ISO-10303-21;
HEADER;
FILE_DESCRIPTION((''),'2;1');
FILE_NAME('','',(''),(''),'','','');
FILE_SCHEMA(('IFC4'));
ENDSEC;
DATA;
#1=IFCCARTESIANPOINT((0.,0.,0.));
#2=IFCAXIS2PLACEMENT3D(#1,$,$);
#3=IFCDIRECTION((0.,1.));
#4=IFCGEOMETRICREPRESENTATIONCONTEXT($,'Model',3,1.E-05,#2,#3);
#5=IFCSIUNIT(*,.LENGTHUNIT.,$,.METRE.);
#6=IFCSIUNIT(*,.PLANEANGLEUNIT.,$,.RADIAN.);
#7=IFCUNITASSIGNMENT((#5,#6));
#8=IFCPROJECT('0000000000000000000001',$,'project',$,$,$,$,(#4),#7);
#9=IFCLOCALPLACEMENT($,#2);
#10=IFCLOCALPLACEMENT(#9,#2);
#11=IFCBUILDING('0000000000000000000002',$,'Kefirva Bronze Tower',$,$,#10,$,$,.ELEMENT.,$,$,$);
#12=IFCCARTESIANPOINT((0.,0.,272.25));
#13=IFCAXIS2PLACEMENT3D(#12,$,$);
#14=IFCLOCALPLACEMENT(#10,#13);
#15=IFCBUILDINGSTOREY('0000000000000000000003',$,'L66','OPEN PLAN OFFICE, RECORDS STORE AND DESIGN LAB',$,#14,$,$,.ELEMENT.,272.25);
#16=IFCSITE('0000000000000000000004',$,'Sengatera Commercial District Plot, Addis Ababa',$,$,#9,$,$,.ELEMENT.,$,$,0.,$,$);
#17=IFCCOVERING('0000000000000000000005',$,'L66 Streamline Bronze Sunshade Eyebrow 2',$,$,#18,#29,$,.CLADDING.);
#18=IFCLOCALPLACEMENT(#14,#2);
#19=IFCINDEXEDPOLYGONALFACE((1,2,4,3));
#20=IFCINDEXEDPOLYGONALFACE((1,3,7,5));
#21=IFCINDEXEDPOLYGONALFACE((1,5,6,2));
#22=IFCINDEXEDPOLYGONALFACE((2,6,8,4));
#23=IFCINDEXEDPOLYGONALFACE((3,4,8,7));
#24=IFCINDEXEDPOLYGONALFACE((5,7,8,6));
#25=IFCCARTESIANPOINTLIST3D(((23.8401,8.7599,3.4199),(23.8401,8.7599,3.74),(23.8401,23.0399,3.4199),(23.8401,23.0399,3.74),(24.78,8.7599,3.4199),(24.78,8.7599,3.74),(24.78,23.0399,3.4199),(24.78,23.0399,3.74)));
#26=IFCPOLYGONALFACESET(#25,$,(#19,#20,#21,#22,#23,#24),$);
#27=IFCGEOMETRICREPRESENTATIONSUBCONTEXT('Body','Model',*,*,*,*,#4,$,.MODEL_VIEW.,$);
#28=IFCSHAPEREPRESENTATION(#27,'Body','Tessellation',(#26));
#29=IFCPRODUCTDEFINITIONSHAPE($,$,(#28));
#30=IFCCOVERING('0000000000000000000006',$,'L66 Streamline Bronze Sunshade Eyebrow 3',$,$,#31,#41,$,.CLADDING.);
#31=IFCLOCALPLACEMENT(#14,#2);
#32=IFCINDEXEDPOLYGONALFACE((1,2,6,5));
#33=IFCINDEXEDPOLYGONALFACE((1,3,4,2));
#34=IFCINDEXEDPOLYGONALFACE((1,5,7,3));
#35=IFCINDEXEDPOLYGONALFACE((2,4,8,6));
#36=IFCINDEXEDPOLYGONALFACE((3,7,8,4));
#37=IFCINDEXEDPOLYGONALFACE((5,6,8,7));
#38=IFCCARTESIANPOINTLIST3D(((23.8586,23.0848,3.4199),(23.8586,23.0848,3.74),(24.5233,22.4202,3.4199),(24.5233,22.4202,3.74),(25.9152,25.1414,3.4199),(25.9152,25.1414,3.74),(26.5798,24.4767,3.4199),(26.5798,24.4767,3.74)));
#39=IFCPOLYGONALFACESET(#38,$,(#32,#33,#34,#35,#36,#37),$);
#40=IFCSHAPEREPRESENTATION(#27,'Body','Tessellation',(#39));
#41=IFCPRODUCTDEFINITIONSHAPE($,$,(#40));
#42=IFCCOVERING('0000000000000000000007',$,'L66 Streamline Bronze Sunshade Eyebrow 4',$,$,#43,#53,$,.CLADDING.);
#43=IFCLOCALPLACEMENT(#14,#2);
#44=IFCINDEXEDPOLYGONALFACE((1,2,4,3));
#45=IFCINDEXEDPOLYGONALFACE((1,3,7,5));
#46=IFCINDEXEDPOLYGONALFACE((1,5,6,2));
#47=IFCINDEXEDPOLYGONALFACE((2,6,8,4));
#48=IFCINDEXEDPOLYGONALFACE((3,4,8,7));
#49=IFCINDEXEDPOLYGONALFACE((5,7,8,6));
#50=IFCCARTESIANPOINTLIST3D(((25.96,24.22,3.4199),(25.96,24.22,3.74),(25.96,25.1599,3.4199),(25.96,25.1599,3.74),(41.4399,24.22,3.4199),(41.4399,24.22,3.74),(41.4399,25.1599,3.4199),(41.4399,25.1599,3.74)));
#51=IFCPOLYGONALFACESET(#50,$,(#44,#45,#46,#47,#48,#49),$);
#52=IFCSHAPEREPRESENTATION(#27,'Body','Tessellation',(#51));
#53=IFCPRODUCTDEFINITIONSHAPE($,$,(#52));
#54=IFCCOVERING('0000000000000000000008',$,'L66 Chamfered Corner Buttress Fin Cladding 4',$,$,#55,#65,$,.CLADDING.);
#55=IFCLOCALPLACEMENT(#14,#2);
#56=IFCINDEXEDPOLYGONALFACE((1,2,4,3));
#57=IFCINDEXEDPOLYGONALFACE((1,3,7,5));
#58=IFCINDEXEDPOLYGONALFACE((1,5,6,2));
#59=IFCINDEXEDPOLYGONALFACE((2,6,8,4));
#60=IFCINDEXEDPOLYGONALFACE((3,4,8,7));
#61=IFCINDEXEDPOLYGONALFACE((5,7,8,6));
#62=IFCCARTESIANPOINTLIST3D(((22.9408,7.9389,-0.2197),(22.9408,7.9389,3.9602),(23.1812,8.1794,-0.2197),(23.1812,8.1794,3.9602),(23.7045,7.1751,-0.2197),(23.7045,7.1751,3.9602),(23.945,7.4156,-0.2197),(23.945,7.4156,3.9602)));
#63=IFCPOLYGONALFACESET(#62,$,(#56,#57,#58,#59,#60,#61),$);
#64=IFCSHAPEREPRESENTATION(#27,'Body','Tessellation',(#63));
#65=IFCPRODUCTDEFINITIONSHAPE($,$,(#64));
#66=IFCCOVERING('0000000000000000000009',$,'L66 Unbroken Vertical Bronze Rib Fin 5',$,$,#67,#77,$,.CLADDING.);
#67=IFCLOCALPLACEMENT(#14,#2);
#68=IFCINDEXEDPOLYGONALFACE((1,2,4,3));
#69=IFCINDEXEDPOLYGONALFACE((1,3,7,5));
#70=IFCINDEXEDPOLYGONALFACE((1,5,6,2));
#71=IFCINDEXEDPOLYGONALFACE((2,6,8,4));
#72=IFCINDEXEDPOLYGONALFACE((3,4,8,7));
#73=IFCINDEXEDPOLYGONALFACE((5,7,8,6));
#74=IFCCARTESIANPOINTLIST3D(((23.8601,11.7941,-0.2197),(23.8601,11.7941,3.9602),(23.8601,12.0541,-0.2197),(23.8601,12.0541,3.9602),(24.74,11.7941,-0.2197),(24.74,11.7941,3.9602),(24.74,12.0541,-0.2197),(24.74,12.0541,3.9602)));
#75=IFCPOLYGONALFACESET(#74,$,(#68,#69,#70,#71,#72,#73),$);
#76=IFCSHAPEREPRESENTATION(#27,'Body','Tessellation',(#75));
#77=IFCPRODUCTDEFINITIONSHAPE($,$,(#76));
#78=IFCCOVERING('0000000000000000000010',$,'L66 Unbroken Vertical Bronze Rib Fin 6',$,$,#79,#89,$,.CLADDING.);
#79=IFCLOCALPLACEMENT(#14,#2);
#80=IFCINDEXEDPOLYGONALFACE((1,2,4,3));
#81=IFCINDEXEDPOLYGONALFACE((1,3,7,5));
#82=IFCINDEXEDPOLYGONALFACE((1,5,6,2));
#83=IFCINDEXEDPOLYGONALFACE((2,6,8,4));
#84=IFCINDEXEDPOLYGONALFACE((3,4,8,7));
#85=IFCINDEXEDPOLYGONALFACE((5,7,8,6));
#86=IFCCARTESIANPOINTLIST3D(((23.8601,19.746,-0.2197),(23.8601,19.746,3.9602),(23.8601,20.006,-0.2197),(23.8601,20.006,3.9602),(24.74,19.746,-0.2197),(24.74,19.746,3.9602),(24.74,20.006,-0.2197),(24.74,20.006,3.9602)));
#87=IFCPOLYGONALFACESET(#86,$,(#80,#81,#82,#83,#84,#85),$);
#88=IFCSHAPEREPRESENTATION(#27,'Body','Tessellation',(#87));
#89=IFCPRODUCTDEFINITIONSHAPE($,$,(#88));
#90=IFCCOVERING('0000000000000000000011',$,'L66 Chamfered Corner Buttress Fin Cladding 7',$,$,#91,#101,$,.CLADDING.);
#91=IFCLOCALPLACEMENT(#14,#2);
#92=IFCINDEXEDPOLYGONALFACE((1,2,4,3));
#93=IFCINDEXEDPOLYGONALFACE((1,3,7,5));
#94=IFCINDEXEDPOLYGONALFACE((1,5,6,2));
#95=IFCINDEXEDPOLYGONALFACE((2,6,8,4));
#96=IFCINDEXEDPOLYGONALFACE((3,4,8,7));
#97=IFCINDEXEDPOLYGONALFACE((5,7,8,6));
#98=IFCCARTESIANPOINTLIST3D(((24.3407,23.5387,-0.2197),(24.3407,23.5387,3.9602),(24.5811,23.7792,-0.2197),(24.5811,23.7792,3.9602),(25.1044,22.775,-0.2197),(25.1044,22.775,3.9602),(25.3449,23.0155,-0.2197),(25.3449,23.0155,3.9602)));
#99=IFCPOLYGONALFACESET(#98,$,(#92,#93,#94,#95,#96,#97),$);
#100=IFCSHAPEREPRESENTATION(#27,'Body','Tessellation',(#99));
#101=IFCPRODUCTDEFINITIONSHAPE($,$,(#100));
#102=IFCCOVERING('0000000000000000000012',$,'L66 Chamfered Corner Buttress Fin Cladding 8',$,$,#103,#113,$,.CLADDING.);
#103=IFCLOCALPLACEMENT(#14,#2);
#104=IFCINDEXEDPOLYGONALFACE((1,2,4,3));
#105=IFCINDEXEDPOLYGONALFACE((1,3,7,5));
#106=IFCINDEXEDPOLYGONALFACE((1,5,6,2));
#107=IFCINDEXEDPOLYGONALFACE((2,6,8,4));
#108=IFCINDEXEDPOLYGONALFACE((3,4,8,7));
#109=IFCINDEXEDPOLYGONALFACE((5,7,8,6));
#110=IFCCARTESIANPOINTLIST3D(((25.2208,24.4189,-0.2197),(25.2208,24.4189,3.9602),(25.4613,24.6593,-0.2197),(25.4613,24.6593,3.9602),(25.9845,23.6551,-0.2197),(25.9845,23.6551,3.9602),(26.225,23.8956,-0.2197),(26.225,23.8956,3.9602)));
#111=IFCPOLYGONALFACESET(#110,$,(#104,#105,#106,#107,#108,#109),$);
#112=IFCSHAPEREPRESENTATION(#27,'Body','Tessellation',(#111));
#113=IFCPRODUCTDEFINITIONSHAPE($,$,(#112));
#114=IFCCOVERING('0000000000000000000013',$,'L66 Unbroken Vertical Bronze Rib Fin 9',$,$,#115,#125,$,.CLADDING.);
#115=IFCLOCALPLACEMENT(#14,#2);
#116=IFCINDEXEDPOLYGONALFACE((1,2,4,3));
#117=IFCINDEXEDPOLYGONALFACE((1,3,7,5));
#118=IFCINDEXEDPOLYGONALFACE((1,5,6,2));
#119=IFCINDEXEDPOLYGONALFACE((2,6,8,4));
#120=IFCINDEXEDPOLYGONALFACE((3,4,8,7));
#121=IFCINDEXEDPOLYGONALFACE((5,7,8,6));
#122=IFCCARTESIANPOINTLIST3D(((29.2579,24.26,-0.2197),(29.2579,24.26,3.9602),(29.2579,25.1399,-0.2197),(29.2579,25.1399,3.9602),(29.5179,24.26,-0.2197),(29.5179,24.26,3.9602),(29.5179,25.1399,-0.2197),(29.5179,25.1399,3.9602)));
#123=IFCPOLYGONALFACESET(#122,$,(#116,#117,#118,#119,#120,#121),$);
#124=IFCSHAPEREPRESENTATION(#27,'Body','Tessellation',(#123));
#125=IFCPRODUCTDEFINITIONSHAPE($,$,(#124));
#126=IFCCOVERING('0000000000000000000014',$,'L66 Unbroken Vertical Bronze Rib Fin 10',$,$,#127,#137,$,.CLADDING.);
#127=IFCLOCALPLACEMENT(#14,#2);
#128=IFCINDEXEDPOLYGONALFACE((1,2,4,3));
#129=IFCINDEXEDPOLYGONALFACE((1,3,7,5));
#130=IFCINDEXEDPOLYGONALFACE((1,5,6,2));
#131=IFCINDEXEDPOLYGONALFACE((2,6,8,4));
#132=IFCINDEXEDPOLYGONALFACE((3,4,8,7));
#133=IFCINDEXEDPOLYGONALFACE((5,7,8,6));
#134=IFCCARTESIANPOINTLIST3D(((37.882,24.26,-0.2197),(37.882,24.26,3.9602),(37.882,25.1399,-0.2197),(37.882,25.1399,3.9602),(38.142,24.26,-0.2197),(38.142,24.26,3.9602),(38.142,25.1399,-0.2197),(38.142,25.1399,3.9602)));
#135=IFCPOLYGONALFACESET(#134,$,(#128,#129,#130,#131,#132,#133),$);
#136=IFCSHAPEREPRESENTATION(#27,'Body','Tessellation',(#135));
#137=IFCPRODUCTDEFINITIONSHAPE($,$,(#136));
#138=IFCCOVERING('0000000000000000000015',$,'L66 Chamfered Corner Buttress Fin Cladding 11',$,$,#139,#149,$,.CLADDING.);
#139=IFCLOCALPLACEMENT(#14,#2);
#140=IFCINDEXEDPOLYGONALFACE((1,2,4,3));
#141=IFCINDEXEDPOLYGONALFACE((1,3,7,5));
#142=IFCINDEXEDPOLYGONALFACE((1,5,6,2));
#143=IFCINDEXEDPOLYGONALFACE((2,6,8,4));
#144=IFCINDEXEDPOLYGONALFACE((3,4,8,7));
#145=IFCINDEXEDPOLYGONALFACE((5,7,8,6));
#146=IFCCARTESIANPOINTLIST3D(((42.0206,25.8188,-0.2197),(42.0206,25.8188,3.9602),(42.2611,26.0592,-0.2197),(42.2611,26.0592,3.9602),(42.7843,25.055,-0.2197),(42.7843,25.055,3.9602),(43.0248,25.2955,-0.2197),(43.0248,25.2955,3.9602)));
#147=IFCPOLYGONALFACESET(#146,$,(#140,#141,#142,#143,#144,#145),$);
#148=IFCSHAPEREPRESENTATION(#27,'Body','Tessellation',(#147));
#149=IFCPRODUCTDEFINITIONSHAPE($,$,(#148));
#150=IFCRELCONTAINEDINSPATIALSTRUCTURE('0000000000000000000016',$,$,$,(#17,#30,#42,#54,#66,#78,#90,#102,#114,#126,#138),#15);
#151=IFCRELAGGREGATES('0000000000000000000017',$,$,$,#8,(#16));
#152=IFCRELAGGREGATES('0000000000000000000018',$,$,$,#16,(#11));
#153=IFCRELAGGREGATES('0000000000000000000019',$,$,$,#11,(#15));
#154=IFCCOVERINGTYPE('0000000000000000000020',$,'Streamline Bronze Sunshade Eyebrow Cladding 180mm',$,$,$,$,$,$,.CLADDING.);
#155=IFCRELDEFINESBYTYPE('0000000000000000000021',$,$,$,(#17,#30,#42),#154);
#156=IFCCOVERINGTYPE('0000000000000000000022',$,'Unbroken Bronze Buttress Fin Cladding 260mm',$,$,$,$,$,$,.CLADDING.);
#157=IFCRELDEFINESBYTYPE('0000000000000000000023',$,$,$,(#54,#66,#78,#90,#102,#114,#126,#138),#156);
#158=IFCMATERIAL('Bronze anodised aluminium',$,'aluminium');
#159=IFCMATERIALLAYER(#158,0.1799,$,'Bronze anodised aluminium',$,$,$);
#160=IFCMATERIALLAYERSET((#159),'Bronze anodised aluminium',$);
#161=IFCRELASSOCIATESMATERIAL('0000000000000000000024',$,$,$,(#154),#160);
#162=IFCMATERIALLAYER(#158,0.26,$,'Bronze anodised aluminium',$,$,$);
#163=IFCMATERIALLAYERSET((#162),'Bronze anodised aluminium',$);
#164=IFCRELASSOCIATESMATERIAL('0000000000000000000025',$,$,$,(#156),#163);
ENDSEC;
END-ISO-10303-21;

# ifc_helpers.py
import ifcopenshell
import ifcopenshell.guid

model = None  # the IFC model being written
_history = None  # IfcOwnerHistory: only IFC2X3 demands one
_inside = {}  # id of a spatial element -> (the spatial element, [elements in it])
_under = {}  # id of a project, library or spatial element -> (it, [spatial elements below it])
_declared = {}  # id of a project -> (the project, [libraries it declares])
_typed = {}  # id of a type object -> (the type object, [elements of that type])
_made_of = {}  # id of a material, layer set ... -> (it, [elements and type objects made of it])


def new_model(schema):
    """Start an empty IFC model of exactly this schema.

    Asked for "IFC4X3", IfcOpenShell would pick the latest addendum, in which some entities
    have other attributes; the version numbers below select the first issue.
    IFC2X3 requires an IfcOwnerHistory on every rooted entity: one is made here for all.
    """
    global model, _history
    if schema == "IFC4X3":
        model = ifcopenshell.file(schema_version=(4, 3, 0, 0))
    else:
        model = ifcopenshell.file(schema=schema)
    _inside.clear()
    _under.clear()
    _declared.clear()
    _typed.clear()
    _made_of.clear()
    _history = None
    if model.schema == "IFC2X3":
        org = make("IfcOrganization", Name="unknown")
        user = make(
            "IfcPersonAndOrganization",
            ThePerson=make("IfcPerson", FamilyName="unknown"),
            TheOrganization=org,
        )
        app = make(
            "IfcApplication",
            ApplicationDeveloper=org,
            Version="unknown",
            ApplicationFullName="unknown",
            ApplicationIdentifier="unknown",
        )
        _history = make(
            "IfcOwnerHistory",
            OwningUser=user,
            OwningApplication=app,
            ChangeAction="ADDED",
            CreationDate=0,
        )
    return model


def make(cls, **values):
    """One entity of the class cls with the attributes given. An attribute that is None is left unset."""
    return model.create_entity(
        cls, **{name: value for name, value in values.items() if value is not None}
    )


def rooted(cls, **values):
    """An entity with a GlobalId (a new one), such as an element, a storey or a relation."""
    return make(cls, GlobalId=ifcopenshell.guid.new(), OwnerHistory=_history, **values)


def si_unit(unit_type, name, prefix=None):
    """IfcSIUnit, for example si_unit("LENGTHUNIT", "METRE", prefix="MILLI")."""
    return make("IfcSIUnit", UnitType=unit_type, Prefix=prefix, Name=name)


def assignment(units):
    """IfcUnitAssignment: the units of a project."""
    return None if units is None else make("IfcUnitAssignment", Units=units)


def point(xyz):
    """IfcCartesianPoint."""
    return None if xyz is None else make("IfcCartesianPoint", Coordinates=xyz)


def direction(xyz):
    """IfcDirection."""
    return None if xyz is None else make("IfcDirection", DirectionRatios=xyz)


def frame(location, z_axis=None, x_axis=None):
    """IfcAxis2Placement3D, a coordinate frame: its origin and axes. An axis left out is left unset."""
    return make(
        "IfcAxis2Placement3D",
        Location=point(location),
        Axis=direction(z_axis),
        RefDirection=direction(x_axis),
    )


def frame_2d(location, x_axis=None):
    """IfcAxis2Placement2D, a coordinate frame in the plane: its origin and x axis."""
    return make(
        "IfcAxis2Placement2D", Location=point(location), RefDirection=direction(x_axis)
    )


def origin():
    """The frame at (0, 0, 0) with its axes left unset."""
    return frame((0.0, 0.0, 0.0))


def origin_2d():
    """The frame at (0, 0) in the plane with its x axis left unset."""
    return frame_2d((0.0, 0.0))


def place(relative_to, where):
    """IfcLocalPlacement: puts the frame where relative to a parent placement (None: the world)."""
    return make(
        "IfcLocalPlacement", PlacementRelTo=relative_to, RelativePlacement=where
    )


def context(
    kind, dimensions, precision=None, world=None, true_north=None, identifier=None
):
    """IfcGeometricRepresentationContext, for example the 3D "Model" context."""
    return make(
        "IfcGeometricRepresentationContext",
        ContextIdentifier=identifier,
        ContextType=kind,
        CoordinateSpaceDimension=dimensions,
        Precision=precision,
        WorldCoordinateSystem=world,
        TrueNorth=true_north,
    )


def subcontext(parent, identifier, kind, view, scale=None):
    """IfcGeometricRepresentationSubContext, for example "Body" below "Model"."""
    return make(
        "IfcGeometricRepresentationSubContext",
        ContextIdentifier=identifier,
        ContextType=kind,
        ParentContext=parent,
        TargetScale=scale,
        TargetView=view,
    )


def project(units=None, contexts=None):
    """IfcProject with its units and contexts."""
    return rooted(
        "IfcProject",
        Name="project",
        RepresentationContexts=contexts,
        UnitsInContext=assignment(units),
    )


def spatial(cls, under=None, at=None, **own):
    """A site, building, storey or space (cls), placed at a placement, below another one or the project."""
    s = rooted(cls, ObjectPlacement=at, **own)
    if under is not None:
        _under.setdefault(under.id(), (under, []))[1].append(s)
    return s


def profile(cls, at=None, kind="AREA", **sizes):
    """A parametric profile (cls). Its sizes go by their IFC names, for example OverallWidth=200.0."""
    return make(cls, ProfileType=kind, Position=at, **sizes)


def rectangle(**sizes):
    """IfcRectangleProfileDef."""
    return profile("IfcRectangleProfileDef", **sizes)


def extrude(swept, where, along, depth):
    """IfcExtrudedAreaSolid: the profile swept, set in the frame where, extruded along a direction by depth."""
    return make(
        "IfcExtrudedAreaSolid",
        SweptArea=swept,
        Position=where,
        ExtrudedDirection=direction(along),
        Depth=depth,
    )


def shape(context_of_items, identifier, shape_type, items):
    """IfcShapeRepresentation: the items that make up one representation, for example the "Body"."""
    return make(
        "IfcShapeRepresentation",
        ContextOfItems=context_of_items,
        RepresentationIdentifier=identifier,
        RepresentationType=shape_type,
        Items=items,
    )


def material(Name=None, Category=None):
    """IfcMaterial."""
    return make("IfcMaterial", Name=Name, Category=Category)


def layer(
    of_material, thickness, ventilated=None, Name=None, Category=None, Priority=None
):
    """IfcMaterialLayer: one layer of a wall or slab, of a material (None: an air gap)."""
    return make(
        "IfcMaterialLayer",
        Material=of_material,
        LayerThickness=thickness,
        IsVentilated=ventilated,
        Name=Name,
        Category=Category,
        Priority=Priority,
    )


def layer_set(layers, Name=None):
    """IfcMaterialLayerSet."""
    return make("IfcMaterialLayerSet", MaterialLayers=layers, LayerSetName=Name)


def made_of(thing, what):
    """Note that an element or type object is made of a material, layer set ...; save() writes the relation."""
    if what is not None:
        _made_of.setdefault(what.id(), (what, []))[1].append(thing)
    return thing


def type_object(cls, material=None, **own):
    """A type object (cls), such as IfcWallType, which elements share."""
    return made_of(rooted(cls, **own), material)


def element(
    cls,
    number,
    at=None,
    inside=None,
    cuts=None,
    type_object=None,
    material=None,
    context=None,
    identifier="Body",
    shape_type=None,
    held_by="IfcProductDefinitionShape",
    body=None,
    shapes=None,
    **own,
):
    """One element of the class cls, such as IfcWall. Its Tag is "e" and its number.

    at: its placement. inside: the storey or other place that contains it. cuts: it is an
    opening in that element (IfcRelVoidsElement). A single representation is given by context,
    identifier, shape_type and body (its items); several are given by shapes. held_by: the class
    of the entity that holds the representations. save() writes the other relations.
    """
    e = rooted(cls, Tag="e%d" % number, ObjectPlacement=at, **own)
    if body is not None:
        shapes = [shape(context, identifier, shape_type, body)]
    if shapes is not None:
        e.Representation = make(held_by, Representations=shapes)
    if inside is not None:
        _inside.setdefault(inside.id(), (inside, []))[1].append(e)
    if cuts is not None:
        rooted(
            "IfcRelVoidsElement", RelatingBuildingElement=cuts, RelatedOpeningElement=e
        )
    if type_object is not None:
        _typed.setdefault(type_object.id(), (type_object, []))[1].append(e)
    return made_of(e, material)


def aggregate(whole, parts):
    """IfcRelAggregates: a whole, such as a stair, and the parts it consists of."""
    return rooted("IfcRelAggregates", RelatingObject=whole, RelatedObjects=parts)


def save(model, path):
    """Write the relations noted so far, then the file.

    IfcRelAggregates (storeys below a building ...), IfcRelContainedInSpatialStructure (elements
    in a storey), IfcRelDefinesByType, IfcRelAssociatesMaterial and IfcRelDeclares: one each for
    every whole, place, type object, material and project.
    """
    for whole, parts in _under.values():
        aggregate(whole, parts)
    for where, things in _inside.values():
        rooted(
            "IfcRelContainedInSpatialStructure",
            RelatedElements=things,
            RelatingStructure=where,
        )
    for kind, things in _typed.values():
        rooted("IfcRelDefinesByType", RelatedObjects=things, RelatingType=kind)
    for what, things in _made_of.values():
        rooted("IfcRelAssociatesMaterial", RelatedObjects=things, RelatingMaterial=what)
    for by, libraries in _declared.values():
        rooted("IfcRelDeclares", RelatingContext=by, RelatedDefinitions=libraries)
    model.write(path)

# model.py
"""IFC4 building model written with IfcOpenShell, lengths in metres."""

from ifc_helpers import new_model, si_unit, direction, frame, origin, origin_2d, place, context, subcontext, project, spatial, rectangle, extrude, material, layer, layer_set, type_object, element, save


model = new_model("IFC4")

# Units and contexts
model_context = context("Model", 3, precision=1e-05, world=origin(), true_north=direction((0.0, 1.0)))
body_context = subcontext(model_context, "Body", "Model", "MODEL_VIEW")
ifc_project = project(units=[si_unit("LENGTHUNIT", "METRE"), si_unit("PLANEANGLEUNIT", "RADIAN")], contexts=[model_context])

# Site, building, storey
site_placement = place(None, origin())
site = spatial("IfcSite", under=ifc_project, at=site_placement, Name="Sengatera Commercial District Plot, Addis Ababa", CompositionType="ELEMENT", RefElevation=0.0)
building_placement = place(site_placement, origin())
building = spatial("IfcBuilding", under=site, at=building_placement, Name="Kefirva Bronze Tower", CompositionType="ELEMENT")
storey_placement = place(building_placement, frame((0.0, 0.0, 272.25)))
storey = spatial("IfcBuildingStorey", under=building, at=storey_placement, Name="L66", Description="OPEN PLAN OFFICE, RECORDS STORE AND DESIGN LAB", CompositionType="ELEMENT", Elevation=272.25)

# Shared definitions
ifc_material_1 = material(Name="Bronze anodised aluminium", Category="aluminium")

# Coverings
ifc_layer_1 = layer(ifc_material_1, 0.1799, Name="Bronze anodised aluminium")
ifc_layer_set_1 = layer_set([ifc_layer_1], Name="Bronze anodised aluminium")
covering_type_1 = type_object("IfcCoveringType", Name="Streamline Bronze Sunshade Eyebrow Cladding 180mm", PredefinedType="CLADDING", material=ifc_layer_set_1)
covering_1_placement = place(storey_placement, frame((24.3101, 15.8999, 3.4199), z_axis=(0.0, 0.0, 1.0), x_axis=(0.0, 1.0, 0.0)))
element("IfcCovering", 1, at=covering_1_placement, inside=storey, type_object=covering_type_1, Name="L66 Streamline Bronze Sunshade Eyebrow 2", PredefinedType="CLADDING", context=body_context, shape_type="SweptSolid", body=[
    extrude(rectangle(XDim=14.28, YDim=0.9399, at=origin_2d()), origin(), (0.0, 0.0, 1.0), 0.3201),
])
covering_2_placement = place(storey_placement, frame((25.2192, 23.7808, 3.4199), z_axis=(0.0, 0.0, 1.0), x_axis=(0.707107, 0.707107, 0.0)))
element("IfcCovering", 2, at=covering_2_placement, inside=storey, type_object=covering_type_1, Name="L66 Streamline Bronze Sunshade Eyebrow 3", PredefinedType="CLADDING", context=body_context, shape_type="SweptSolid", body=[
    extrude(rectangle(XDim=2.9084, YDim=0.9399, at=origin_2d()), origin(), (0.0, 0.0, 1.0), 0.3201),
])
covering_3_placement = place(storey_placement, frame((33.7, 24.6899, 3.4199), z_axis=(0.0, 0.0, 1.0), x_axis=(1.0, 0.0, 0.0)))
element("IfcCovering", 3, at=covering_3_placement, inside=storey, type_object=covering_type_1, Name="L66 Streamline Bronze Sunshade Eyebrow 4", PredefinedType="CLADDING", context=body_context, shape_type="SweptSolid", body=[
    extrude(rectangle(XDim=15.48, YDim=0.9399, at=origin_2d()), origin(), (0.0, 0.0, 1.0), 0.3201),
])
ifc_layer_2 = layer(ifc_material_1, 0.26, Name="Bronze anodised aluminium")
ifc_layer_set_2 = layer_set([ifc_layer_2], Name="Bronze anodised aluminium")
covering_type_2 = type_object("IfcCoveringType", Name="Unbroken Bronze Buttress Fin Cladding 260mm", PredefinedType="CLADDING", material=ifc_layer_set_2)
covering_4_placement = place(storey_placement, frame((23.4429, 7.6772, -0.2197), z_axis=(0.0, 0.0, 1.0), x_axis=(0.707107, 0.707107, 0.0)))
element("IfcCovering", 4, at=covering_4_placement, inside=storey, type_object=covering_type_2, Name="L66 Chamfered Corner Buttress Fin Cladding 4", PredefinedType="CLADDING", context=body_context, shape_type="SweptSolid", body=[
    extrude(rectangle(XDim=0.3401, YDim=1.0801, at=origin_2d()), origin(), (0.0, 0.0, 1.0), 4.1799),
])
for number, where, z_axis, x_axis, name in (
    (5, (24.3, 11.9241, -0.2197), (0.0, 0.0, 1.0), (0.0, 1.0, 0.0), "L66 Unbroken Vertical Bronze Rib Fin 5"),
    (6, (24.3, 19.876, -0.2197), (0.0, 0.0, 1.0), (0.0, 1.0, 0.0), "L66 Unbroken Vertical Bronze Rib Fin 6"),
):
    element("IfcCovering", number, at=place(storey_placement, frame(where, z_axis=z_axis, x_axis=x_axis)), inside=storey, type_object=covering_type_2, Name=name, PredefinedType="CLADDING", context=body_context, shape_type="SweptSolid", body=[
        extrude(rectangle(XDim=0.26, YDim=0.8799, at=origin_2d()), origin(), (0.0, 0.0, 1.0), 4.1799),
    ])
for number, where, z_axis, x_axis, name in (
    (7, (24.8428, 23.2771, -0.2197), (0.0, 0.0, 1.0), (0.707107, 0.707107, 0.0), "L66 Chamfered Corner Buttress Fin Cladding 7"),
    (8, (25.7229, 24.1572, -0.2197), (0.0, 0.0, 1.0), (0.707107, 0.707107, 0.0), "L66 Chamfered Corner Buttress Fin Cladding 8"),
):
    element("IfcCovering", number, at=place(storey_placement, frame(where, z_axis=z_axis, x_axis=x_axis)), inside=storey, type_object=covering_type_2, Name=name, PredefinedType="CLADDING", context=body_context, shape_type="SweptSolid", body=[
        extrude(rectangle(XDim=0.3401, YDim=1.0801, at=origin_2d()), origin(), (0.0, 0.0, 1.0), 4.1799),
    ])
for number, where, z_axis, x_axis, name in (
    (9, (29.3879, 24.7, -0.2197), (0.0, 0.0, 1.0), (1.0, 0.0, 0.0), "L66 Unbroken Vertical Bronze Rib Fin 9"),
    (10, (38.012, 24.7, -0.2197), (0.0, 0.0, 1.0), (1.0, 0.0, 0.0), "L66 Unbroken Vertical Bronze Rib Fin 10"),
):
    element("IfcCovering", number, at=place(storey_placement, frame(where, z_axis=z_axis, x_axis=x_axis)), inside=storey, type_object=covering_type_2, Name=name, PredefinedType="CLADDING", context=body_context, shape_type="SweptSolid", body=[
        extrude(rectangle(XDim=0.26, YDim=0.8799, at=origin_2d()), origin(), (0.0, 0.0, 1.0), 4.1799),
    ])
covering_5_placement = place(storey_placement, frame((42.5227, 25.5571, -0.2197), z_axis=(0.0, 0.0, 1.0), x_axis=(0.707107, 0.707107, 0.0)))
element("IfcCovering", 11, at=covering_5_placement, inside=storey, type_object=covering_type_2, Name="L66 Chamfered Corner Buttress Fin Cladding 11", PredefinedType="CLADDING", context=body_context, shape_type="SweptSolid", body=[
    extrude(rectangle(XDim=0.3401, YDim=1.0801, at=origin_2d()), origin(), (0.0, 0.0, 1.0), 4.1799),
])

save(model, "model.ifc")
